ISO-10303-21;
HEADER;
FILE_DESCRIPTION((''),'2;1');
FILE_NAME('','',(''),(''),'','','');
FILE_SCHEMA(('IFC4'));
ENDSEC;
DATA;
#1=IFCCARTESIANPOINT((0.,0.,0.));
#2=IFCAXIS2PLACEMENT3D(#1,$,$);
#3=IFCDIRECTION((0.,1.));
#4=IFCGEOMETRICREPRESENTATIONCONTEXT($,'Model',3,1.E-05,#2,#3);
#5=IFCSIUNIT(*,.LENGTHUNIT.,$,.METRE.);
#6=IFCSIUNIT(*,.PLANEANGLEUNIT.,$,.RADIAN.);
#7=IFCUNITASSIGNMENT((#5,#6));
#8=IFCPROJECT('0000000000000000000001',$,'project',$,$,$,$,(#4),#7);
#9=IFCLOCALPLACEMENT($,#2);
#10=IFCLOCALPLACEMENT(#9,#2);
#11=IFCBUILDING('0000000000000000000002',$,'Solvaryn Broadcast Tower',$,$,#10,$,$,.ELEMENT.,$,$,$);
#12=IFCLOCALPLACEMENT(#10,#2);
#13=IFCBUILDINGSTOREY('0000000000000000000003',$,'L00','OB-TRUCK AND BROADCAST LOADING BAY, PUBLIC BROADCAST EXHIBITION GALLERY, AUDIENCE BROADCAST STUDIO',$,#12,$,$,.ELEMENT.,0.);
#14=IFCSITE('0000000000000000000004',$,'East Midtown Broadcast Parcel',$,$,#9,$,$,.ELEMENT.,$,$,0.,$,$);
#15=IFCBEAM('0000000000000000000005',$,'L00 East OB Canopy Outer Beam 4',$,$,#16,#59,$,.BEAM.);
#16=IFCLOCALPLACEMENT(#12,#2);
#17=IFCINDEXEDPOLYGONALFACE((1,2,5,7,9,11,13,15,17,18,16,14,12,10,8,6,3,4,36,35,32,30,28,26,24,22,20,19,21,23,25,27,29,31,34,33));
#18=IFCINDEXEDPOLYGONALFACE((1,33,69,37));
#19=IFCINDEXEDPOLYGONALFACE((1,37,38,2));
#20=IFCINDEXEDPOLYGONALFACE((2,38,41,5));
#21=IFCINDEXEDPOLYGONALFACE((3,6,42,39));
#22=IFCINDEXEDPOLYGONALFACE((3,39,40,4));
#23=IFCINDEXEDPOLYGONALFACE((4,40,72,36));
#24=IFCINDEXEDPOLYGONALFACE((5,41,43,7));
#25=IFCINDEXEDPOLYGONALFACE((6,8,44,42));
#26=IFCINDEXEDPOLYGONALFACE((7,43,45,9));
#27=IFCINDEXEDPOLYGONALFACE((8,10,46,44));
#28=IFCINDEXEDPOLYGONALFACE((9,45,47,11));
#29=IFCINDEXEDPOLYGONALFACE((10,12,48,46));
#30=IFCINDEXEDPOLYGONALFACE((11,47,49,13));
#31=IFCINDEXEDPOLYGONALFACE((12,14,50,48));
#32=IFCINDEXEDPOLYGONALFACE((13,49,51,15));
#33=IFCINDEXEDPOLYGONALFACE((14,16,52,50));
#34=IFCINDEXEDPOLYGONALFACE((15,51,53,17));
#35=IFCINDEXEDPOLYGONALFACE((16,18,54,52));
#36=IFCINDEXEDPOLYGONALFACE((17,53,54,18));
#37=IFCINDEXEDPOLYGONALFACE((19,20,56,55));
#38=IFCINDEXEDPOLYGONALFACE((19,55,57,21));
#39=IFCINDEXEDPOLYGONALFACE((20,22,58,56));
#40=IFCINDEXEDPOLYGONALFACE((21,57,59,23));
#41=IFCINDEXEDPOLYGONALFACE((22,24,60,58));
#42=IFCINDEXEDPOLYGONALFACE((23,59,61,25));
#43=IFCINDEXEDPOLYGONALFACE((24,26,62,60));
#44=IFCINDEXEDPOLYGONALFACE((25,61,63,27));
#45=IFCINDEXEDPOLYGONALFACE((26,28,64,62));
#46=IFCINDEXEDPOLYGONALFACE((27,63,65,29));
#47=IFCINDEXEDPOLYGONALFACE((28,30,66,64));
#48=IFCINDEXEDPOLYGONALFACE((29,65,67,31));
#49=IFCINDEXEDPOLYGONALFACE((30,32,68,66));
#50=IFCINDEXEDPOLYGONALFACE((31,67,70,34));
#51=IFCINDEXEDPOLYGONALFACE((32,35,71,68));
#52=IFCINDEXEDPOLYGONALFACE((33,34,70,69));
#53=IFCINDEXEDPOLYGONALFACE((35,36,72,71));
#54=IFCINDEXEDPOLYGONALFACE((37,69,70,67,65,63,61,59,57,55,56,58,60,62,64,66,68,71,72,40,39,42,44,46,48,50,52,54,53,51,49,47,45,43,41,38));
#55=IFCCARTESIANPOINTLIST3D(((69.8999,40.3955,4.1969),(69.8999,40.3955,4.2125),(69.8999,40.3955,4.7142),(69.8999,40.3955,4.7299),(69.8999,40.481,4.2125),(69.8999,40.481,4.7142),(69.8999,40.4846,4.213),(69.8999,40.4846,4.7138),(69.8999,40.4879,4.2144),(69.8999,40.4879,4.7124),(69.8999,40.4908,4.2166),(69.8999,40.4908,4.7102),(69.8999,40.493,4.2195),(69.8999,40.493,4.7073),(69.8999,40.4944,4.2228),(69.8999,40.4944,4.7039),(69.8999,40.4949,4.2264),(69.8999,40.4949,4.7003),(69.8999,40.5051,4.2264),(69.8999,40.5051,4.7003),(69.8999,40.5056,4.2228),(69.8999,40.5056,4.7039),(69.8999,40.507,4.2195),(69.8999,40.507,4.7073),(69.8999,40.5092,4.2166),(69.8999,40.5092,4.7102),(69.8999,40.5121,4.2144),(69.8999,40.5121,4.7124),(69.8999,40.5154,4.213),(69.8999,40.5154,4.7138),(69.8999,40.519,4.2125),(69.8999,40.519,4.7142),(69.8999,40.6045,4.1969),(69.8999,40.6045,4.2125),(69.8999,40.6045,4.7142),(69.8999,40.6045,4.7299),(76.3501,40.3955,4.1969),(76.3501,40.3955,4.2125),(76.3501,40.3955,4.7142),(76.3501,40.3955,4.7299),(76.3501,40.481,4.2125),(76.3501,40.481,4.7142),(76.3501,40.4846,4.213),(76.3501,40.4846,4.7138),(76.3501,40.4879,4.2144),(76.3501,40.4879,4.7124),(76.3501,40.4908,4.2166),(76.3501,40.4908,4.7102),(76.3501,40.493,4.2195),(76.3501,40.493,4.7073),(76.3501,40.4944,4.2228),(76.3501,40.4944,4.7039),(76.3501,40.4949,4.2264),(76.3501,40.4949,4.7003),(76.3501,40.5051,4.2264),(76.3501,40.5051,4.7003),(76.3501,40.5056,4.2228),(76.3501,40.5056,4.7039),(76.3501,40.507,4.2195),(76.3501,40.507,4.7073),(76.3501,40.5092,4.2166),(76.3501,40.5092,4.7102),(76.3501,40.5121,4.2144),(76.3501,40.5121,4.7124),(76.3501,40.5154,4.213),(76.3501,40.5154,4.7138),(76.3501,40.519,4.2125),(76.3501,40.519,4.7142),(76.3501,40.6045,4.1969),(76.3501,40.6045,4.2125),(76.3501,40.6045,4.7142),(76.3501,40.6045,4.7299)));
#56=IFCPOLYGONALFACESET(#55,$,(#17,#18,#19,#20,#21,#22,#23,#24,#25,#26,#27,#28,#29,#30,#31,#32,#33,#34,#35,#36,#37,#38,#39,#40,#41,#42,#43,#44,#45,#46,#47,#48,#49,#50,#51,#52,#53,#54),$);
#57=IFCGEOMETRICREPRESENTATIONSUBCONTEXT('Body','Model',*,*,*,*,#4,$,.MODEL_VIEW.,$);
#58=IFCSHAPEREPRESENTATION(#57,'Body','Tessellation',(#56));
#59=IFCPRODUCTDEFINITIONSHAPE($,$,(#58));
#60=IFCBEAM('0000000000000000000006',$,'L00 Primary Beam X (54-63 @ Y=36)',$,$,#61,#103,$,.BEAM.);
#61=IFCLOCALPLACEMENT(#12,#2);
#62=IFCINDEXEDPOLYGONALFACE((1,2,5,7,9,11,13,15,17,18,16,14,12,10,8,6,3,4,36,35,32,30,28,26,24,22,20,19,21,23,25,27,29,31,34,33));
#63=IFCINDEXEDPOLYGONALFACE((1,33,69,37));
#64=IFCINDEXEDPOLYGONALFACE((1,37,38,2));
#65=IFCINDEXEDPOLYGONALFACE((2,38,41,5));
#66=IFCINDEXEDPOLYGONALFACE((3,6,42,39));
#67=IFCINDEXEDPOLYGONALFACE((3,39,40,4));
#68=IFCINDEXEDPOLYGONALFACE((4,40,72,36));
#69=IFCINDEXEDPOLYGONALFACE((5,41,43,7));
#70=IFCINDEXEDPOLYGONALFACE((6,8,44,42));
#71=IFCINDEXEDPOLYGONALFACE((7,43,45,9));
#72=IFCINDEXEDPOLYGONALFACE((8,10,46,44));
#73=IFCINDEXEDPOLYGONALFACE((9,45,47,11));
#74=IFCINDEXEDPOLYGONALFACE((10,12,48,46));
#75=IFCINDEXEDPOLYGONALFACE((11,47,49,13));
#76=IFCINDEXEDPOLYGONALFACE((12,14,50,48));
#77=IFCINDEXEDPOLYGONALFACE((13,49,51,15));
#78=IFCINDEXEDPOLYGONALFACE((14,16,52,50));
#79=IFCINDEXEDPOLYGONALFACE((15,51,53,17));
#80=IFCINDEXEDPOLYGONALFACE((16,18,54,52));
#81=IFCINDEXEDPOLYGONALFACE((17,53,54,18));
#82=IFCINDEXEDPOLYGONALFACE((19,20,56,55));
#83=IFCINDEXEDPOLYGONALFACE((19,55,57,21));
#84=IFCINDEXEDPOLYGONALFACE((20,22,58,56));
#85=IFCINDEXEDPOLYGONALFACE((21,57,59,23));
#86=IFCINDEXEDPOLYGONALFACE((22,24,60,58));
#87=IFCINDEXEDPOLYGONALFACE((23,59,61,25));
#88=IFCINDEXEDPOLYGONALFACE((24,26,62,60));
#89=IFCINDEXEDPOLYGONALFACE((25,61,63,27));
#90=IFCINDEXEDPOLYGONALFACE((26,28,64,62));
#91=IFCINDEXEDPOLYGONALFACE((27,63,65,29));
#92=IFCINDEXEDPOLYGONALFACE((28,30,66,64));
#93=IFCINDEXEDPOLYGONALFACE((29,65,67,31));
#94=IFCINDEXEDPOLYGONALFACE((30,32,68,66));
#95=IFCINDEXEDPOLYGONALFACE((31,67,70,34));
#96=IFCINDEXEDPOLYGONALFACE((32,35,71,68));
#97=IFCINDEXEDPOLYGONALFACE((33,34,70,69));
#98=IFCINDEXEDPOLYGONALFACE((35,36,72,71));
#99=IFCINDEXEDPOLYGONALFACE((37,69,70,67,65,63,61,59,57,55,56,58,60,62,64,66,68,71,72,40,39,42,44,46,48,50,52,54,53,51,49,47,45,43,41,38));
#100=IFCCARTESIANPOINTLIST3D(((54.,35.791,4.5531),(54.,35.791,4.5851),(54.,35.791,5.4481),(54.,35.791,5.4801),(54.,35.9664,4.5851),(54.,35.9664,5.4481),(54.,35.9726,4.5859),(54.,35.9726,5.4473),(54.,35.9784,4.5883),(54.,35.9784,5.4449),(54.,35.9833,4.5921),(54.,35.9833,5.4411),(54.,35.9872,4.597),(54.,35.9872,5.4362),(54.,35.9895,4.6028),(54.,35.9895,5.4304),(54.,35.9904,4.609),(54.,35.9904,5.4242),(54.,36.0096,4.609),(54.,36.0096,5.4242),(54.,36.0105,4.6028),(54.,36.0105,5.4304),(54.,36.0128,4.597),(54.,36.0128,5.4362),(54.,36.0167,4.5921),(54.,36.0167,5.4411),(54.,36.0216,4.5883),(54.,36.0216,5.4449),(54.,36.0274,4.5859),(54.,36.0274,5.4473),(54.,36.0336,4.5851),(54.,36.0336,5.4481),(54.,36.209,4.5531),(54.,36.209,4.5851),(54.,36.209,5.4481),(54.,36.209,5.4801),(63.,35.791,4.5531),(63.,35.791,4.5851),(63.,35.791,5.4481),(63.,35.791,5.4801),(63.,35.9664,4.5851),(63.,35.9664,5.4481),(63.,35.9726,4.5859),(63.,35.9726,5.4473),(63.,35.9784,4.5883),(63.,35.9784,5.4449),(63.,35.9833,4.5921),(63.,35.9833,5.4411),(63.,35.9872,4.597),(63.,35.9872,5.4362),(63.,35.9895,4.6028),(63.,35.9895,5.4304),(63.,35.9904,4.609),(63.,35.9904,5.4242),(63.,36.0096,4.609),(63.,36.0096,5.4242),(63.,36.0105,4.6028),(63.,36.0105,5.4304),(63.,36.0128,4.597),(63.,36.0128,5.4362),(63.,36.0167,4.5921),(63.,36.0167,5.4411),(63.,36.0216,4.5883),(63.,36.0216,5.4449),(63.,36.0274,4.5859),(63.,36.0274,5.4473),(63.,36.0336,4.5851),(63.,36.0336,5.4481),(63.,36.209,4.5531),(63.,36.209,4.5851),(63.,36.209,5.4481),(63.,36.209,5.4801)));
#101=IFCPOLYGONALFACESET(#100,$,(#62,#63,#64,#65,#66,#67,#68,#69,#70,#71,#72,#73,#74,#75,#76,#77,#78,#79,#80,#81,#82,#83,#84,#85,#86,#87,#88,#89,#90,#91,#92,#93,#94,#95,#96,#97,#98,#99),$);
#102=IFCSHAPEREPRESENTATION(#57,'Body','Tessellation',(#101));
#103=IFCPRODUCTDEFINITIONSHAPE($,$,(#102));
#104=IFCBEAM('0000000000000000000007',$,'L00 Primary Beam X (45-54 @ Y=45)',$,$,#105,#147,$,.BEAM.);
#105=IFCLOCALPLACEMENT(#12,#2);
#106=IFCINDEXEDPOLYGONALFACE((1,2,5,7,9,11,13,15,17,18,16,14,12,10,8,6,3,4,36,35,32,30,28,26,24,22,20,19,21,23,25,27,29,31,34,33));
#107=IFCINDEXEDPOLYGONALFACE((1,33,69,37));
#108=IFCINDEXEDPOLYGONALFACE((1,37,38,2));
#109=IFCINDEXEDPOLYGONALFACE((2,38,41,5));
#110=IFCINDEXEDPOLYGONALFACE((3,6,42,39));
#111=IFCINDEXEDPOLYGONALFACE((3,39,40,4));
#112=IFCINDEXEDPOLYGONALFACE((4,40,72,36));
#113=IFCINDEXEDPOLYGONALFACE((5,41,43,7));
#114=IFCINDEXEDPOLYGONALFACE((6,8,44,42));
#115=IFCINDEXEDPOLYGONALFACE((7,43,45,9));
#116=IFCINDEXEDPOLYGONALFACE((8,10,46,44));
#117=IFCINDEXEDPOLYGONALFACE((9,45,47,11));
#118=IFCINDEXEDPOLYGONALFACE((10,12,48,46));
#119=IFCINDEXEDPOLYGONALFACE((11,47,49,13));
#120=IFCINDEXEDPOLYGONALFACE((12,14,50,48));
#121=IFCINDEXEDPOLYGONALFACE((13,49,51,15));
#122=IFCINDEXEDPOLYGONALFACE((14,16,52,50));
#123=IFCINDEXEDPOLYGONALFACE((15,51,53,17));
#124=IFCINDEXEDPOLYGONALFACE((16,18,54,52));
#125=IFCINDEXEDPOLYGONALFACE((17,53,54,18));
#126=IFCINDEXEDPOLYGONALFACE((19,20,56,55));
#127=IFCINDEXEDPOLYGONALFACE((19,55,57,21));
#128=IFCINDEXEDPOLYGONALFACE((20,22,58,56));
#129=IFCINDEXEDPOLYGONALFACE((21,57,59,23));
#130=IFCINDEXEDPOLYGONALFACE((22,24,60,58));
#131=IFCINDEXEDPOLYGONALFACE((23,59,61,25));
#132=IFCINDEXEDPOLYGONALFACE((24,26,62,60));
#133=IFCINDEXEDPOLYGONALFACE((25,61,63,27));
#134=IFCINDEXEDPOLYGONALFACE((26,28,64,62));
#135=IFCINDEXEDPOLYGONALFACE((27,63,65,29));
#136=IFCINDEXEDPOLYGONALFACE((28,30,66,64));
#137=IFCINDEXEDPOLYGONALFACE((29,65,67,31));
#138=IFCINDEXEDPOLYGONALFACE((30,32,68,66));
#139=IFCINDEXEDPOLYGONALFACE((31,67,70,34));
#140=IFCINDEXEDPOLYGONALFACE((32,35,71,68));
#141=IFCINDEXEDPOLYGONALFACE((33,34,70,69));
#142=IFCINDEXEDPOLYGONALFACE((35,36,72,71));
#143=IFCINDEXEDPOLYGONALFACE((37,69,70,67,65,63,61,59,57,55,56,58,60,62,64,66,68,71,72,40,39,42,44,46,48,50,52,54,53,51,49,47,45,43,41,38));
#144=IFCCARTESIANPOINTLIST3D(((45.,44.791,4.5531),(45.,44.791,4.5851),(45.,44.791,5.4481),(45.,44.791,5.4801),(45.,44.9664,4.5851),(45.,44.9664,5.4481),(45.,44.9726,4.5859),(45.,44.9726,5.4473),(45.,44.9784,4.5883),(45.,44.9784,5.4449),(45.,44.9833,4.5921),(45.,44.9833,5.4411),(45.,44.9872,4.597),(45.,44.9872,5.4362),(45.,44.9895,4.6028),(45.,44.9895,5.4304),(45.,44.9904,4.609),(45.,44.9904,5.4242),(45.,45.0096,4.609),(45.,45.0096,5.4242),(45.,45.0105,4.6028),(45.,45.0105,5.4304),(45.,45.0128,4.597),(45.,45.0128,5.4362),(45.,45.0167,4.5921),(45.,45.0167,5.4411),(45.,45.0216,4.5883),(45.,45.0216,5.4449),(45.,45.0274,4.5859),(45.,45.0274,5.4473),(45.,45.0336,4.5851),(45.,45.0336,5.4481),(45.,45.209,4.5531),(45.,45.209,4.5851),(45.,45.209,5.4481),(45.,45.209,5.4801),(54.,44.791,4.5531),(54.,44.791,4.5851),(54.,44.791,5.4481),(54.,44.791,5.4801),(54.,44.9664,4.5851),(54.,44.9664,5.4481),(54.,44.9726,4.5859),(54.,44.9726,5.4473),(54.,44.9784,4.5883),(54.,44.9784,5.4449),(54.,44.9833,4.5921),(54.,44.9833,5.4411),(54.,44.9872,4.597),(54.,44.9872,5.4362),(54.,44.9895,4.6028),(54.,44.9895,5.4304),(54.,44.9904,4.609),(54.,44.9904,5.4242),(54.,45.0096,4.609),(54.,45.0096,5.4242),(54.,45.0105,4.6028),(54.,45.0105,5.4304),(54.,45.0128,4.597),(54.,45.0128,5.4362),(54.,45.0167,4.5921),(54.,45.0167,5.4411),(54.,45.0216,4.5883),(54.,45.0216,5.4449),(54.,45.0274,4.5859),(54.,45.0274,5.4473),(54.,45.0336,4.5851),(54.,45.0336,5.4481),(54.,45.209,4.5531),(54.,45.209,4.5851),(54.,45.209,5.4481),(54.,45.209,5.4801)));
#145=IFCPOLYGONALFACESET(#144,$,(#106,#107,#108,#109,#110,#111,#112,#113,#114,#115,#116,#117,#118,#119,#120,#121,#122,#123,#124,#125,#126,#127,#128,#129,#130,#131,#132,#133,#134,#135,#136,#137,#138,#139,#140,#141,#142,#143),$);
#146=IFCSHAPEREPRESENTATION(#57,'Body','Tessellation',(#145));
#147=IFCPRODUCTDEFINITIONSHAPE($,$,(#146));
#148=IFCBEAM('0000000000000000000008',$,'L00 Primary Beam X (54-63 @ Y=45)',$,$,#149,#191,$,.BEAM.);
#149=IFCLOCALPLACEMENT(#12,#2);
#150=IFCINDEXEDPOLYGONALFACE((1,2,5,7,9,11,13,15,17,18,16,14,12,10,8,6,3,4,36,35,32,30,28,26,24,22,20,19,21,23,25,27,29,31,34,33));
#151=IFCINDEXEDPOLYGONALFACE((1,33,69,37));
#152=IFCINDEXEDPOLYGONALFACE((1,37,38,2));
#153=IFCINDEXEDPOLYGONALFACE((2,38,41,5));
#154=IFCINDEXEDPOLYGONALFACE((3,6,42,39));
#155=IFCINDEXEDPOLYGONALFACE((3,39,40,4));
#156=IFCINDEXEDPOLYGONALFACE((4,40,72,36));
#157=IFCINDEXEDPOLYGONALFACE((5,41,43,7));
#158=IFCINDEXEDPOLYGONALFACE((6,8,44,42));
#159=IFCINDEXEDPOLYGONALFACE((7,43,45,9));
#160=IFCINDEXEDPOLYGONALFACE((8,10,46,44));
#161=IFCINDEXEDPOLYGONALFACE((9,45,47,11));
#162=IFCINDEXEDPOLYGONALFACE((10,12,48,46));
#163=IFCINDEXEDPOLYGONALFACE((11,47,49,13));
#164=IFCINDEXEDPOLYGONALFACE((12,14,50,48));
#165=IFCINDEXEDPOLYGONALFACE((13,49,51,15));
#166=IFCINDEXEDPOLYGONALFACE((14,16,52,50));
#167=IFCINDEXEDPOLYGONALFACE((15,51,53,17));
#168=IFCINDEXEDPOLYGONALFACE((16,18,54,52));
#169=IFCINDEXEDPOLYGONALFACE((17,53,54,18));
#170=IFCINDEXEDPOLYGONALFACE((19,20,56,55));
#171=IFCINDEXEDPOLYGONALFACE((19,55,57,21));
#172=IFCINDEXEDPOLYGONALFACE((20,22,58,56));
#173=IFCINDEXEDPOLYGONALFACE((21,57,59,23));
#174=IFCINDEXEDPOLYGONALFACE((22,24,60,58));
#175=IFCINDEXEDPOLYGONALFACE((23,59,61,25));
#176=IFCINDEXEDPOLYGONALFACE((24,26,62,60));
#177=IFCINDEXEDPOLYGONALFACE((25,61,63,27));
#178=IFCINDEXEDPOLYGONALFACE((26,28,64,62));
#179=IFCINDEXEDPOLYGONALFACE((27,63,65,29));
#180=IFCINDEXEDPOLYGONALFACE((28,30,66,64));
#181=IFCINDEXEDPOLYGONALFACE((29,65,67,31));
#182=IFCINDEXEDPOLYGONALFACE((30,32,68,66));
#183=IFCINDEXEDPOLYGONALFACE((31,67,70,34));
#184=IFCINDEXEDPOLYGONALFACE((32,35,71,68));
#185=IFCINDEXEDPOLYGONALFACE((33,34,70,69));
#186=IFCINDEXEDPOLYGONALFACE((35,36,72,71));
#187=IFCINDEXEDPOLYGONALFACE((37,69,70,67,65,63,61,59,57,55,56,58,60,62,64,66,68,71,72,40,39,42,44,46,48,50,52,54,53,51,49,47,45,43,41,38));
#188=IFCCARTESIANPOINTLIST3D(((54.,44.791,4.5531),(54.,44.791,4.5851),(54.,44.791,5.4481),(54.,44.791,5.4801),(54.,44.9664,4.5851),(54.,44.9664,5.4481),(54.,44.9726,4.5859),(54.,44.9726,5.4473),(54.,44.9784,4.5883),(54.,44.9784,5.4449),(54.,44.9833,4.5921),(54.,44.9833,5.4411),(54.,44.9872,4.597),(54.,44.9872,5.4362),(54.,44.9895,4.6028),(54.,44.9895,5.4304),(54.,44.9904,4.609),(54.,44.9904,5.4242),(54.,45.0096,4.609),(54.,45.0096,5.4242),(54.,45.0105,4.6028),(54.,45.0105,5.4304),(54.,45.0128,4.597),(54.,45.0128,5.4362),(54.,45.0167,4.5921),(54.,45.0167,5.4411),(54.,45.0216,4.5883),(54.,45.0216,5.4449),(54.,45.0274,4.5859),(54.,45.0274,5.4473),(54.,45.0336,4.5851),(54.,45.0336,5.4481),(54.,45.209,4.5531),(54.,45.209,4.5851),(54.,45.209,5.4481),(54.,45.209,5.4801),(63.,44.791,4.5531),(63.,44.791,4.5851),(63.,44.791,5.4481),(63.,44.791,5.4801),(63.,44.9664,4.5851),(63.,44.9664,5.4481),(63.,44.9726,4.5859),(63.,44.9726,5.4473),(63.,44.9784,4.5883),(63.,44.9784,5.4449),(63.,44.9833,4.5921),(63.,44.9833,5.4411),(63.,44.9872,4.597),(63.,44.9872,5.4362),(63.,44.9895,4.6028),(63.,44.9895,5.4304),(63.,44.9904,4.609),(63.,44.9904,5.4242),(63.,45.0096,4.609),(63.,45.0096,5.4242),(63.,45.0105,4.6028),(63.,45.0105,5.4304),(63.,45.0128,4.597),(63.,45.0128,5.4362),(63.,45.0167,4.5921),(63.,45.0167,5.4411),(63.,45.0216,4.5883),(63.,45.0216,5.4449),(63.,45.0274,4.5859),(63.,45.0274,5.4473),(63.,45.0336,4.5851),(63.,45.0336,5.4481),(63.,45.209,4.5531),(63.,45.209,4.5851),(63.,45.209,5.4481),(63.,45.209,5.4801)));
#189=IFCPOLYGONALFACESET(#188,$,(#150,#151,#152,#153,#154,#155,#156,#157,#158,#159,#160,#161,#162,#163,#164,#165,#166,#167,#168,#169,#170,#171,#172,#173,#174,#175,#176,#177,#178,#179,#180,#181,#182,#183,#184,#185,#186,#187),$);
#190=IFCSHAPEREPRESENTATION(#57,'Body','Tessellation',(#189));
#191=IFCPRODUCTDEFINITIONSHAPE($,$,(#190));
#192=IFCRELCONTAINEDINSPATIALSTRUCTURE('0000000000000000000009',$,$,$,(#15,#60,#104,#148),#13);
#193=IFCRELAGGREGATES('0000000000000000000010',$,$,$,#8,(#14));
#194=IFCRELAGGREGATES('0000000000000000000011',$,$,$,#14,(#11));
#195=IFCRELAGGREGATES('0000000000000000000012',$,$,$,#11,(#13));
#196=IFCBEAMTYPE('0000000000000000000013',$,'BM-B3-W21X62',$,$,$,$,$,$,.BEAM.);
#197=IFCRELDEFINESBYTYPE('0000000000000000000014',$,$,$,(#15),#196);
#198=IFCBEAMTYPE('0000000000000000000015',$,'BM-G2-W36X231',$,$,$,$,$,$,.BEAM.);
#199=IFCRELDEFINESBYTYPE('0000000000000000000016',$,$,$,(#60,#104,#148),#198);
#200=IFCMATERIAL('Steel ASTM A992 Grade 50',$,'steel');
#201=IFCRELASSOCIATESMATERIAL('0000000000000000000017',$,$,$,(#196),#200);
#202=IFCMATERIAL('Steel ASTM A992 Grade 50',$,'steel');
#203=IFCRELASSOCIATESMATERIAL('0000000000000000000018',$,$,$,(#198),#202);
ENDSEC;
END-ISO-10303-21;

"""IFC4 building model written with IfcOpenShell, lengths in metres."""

from ifc_helpers import new_model, si_unit, direction, frame, origin, origin_2d, place, context, subcontext, project, spatial, i_section, extrude, material, material_profile, profile_set, type_object, element, save


model = new_model("IFC4")

# Units and contexts
model_context = context("Model", 3, precision=1e-05, world=origin(), true_north=direction((0.0, 1.0)))
body_context = subcontext(model_context, "Body", "Model", "MODEL_VIEW")
ifc_project = project(units=[si_unit("LENGTHUNIT", "METRE"), si_unit("PLANEANGLEUNIT", "RADIAN")], contexts=[model_context])

# Site, building, storey
site_placement = place(None, origin())
site = spatial("IfcSite", under=ifc_project, at=site_placement, Name="East Midtown Broadcast Parcel", CompositionType="ELEMENT", RefElevation=0.0)
building_placement = place(site_placement, origin())
building = spatial("IfcBuilding", under=site, at=building_placement, Name="Solvaryn Broadcast Tower", CompositionType="ELEMENT")
storey_placement = place(building_placement, origin())
storey = spatial("IfcBuildingStorey", under=building, at=storey_placement, Name="L00", Description="OB-TRUCK AND BROADCAST LOADING BAY, PUBLIC BROADCAST EXHIBITION GALLERY, AUDIENCE BROADCAST STUDIO", CompositionType="ELEMENT", Elevation=0.0)

# Beams
ifc_material_1 = material(Name="Steel ASTM A992 Grade 50", Category="steel")
ifc_material_profile_1 = material_profile(ifc_material_1, i_section(OverallWidth=0.209, OverallDepth=0.533, WebThickness=0.0103, FlangeThickness=0.0156, FilletRadius=0.0139, at=origin_2d()))
ifc_profile_set_1 = profile_set([ifc_material_profile_1], Name="Steel ASTM A992 Grade 50")
beam_type_1 = type_object("IfcBeamType", Name="BM-B3-W21X62", PredefinedType="BEAM", material=ifc_profile_set_1)
beam_1_placement = place(storey_placement, frame((69.8999, 40.5, 4.4634), z_axis=(1.0, 0.0, 0.0), x_axis=(0.0, 1.0, 0.0)))
element("IfcBeam", 1, at=beam_1_placement, inside=storey, type_object=beam_type_1, Name="L00 East OB Canopy Outer Beam 4", PredefinedType="BEAM", context=body_context, shape_type="SweptSolid", body=[
    extrude(i_section(OverallWidth=0.209, OverallDepth=0.533, WebThickness=0.0103, FlangeThickness=0.0156, FilletRadius=0.0139, at=origin_2d()), origin(), (0.0, 0.0, 1.0), 6.4502),
])
ifc_material_2 = material(Name="Steel ASTM A992 Grade 50", Category="steel")
ifc_material_profile_2 = material_profile(ifc_material_2, i_section(OverallWidth=0.418, OverallDepth=0.927, WebThickness=0.0193, FlangeThickness=0.032, FilletRadius=0.0239, at=origin_2d()))
ifc_profile_set_2 = profile_set([ifc_material_profile_2], Name="Steel ASTM A992 Grade 50")
beam_type_2 = type_object("IfcBeamType", Name="BM-G2-W36X231", PredefinedType="BEAM", material=ifc_profile_set_2)
for number, where, z_axis, x_axis, name in (
    (2, (54.0, 36.0, 5.0166), (1.0, 0.0, 0.0), (0.0, 1.0, 0.0), "L00 Primary Beam X (54-63 @ Y=36)"),
    (3, (45.0, 45.0, 5.0166), (1.0, 0.0, 0.0), (0.0, 1.0, 0.0), "L00 Primary Beam X (45-54 @ Y=45)"),
    (4, (54.0, 45.0, 5.0166), (1.0, 0.0, 0.0), (0.0, 1.0, 0.0), "L00 Primary Beam X (54-63 @ Y=45)"),
):
    element("IfcBeam", number, at=place(storey_placement, frame(where, z_axis=z_axis, x_axis=x_axis)), inside=storey, type_object=beam_type_2, Name=name, PredefinedType="BEAM", context=body_context, shape_type="SweptSolid", body=[
        extrude(i_section(OverallWidth=0.418, OverallDepth=0.927, WebThickness=0.0193, FlangeThickness=0.032, FilletRadius=0.0239, at=origin_2d()), origin(), (0.0, 0.0, 1.0), 9.0),
    ])

save(model, "model.ifc")
